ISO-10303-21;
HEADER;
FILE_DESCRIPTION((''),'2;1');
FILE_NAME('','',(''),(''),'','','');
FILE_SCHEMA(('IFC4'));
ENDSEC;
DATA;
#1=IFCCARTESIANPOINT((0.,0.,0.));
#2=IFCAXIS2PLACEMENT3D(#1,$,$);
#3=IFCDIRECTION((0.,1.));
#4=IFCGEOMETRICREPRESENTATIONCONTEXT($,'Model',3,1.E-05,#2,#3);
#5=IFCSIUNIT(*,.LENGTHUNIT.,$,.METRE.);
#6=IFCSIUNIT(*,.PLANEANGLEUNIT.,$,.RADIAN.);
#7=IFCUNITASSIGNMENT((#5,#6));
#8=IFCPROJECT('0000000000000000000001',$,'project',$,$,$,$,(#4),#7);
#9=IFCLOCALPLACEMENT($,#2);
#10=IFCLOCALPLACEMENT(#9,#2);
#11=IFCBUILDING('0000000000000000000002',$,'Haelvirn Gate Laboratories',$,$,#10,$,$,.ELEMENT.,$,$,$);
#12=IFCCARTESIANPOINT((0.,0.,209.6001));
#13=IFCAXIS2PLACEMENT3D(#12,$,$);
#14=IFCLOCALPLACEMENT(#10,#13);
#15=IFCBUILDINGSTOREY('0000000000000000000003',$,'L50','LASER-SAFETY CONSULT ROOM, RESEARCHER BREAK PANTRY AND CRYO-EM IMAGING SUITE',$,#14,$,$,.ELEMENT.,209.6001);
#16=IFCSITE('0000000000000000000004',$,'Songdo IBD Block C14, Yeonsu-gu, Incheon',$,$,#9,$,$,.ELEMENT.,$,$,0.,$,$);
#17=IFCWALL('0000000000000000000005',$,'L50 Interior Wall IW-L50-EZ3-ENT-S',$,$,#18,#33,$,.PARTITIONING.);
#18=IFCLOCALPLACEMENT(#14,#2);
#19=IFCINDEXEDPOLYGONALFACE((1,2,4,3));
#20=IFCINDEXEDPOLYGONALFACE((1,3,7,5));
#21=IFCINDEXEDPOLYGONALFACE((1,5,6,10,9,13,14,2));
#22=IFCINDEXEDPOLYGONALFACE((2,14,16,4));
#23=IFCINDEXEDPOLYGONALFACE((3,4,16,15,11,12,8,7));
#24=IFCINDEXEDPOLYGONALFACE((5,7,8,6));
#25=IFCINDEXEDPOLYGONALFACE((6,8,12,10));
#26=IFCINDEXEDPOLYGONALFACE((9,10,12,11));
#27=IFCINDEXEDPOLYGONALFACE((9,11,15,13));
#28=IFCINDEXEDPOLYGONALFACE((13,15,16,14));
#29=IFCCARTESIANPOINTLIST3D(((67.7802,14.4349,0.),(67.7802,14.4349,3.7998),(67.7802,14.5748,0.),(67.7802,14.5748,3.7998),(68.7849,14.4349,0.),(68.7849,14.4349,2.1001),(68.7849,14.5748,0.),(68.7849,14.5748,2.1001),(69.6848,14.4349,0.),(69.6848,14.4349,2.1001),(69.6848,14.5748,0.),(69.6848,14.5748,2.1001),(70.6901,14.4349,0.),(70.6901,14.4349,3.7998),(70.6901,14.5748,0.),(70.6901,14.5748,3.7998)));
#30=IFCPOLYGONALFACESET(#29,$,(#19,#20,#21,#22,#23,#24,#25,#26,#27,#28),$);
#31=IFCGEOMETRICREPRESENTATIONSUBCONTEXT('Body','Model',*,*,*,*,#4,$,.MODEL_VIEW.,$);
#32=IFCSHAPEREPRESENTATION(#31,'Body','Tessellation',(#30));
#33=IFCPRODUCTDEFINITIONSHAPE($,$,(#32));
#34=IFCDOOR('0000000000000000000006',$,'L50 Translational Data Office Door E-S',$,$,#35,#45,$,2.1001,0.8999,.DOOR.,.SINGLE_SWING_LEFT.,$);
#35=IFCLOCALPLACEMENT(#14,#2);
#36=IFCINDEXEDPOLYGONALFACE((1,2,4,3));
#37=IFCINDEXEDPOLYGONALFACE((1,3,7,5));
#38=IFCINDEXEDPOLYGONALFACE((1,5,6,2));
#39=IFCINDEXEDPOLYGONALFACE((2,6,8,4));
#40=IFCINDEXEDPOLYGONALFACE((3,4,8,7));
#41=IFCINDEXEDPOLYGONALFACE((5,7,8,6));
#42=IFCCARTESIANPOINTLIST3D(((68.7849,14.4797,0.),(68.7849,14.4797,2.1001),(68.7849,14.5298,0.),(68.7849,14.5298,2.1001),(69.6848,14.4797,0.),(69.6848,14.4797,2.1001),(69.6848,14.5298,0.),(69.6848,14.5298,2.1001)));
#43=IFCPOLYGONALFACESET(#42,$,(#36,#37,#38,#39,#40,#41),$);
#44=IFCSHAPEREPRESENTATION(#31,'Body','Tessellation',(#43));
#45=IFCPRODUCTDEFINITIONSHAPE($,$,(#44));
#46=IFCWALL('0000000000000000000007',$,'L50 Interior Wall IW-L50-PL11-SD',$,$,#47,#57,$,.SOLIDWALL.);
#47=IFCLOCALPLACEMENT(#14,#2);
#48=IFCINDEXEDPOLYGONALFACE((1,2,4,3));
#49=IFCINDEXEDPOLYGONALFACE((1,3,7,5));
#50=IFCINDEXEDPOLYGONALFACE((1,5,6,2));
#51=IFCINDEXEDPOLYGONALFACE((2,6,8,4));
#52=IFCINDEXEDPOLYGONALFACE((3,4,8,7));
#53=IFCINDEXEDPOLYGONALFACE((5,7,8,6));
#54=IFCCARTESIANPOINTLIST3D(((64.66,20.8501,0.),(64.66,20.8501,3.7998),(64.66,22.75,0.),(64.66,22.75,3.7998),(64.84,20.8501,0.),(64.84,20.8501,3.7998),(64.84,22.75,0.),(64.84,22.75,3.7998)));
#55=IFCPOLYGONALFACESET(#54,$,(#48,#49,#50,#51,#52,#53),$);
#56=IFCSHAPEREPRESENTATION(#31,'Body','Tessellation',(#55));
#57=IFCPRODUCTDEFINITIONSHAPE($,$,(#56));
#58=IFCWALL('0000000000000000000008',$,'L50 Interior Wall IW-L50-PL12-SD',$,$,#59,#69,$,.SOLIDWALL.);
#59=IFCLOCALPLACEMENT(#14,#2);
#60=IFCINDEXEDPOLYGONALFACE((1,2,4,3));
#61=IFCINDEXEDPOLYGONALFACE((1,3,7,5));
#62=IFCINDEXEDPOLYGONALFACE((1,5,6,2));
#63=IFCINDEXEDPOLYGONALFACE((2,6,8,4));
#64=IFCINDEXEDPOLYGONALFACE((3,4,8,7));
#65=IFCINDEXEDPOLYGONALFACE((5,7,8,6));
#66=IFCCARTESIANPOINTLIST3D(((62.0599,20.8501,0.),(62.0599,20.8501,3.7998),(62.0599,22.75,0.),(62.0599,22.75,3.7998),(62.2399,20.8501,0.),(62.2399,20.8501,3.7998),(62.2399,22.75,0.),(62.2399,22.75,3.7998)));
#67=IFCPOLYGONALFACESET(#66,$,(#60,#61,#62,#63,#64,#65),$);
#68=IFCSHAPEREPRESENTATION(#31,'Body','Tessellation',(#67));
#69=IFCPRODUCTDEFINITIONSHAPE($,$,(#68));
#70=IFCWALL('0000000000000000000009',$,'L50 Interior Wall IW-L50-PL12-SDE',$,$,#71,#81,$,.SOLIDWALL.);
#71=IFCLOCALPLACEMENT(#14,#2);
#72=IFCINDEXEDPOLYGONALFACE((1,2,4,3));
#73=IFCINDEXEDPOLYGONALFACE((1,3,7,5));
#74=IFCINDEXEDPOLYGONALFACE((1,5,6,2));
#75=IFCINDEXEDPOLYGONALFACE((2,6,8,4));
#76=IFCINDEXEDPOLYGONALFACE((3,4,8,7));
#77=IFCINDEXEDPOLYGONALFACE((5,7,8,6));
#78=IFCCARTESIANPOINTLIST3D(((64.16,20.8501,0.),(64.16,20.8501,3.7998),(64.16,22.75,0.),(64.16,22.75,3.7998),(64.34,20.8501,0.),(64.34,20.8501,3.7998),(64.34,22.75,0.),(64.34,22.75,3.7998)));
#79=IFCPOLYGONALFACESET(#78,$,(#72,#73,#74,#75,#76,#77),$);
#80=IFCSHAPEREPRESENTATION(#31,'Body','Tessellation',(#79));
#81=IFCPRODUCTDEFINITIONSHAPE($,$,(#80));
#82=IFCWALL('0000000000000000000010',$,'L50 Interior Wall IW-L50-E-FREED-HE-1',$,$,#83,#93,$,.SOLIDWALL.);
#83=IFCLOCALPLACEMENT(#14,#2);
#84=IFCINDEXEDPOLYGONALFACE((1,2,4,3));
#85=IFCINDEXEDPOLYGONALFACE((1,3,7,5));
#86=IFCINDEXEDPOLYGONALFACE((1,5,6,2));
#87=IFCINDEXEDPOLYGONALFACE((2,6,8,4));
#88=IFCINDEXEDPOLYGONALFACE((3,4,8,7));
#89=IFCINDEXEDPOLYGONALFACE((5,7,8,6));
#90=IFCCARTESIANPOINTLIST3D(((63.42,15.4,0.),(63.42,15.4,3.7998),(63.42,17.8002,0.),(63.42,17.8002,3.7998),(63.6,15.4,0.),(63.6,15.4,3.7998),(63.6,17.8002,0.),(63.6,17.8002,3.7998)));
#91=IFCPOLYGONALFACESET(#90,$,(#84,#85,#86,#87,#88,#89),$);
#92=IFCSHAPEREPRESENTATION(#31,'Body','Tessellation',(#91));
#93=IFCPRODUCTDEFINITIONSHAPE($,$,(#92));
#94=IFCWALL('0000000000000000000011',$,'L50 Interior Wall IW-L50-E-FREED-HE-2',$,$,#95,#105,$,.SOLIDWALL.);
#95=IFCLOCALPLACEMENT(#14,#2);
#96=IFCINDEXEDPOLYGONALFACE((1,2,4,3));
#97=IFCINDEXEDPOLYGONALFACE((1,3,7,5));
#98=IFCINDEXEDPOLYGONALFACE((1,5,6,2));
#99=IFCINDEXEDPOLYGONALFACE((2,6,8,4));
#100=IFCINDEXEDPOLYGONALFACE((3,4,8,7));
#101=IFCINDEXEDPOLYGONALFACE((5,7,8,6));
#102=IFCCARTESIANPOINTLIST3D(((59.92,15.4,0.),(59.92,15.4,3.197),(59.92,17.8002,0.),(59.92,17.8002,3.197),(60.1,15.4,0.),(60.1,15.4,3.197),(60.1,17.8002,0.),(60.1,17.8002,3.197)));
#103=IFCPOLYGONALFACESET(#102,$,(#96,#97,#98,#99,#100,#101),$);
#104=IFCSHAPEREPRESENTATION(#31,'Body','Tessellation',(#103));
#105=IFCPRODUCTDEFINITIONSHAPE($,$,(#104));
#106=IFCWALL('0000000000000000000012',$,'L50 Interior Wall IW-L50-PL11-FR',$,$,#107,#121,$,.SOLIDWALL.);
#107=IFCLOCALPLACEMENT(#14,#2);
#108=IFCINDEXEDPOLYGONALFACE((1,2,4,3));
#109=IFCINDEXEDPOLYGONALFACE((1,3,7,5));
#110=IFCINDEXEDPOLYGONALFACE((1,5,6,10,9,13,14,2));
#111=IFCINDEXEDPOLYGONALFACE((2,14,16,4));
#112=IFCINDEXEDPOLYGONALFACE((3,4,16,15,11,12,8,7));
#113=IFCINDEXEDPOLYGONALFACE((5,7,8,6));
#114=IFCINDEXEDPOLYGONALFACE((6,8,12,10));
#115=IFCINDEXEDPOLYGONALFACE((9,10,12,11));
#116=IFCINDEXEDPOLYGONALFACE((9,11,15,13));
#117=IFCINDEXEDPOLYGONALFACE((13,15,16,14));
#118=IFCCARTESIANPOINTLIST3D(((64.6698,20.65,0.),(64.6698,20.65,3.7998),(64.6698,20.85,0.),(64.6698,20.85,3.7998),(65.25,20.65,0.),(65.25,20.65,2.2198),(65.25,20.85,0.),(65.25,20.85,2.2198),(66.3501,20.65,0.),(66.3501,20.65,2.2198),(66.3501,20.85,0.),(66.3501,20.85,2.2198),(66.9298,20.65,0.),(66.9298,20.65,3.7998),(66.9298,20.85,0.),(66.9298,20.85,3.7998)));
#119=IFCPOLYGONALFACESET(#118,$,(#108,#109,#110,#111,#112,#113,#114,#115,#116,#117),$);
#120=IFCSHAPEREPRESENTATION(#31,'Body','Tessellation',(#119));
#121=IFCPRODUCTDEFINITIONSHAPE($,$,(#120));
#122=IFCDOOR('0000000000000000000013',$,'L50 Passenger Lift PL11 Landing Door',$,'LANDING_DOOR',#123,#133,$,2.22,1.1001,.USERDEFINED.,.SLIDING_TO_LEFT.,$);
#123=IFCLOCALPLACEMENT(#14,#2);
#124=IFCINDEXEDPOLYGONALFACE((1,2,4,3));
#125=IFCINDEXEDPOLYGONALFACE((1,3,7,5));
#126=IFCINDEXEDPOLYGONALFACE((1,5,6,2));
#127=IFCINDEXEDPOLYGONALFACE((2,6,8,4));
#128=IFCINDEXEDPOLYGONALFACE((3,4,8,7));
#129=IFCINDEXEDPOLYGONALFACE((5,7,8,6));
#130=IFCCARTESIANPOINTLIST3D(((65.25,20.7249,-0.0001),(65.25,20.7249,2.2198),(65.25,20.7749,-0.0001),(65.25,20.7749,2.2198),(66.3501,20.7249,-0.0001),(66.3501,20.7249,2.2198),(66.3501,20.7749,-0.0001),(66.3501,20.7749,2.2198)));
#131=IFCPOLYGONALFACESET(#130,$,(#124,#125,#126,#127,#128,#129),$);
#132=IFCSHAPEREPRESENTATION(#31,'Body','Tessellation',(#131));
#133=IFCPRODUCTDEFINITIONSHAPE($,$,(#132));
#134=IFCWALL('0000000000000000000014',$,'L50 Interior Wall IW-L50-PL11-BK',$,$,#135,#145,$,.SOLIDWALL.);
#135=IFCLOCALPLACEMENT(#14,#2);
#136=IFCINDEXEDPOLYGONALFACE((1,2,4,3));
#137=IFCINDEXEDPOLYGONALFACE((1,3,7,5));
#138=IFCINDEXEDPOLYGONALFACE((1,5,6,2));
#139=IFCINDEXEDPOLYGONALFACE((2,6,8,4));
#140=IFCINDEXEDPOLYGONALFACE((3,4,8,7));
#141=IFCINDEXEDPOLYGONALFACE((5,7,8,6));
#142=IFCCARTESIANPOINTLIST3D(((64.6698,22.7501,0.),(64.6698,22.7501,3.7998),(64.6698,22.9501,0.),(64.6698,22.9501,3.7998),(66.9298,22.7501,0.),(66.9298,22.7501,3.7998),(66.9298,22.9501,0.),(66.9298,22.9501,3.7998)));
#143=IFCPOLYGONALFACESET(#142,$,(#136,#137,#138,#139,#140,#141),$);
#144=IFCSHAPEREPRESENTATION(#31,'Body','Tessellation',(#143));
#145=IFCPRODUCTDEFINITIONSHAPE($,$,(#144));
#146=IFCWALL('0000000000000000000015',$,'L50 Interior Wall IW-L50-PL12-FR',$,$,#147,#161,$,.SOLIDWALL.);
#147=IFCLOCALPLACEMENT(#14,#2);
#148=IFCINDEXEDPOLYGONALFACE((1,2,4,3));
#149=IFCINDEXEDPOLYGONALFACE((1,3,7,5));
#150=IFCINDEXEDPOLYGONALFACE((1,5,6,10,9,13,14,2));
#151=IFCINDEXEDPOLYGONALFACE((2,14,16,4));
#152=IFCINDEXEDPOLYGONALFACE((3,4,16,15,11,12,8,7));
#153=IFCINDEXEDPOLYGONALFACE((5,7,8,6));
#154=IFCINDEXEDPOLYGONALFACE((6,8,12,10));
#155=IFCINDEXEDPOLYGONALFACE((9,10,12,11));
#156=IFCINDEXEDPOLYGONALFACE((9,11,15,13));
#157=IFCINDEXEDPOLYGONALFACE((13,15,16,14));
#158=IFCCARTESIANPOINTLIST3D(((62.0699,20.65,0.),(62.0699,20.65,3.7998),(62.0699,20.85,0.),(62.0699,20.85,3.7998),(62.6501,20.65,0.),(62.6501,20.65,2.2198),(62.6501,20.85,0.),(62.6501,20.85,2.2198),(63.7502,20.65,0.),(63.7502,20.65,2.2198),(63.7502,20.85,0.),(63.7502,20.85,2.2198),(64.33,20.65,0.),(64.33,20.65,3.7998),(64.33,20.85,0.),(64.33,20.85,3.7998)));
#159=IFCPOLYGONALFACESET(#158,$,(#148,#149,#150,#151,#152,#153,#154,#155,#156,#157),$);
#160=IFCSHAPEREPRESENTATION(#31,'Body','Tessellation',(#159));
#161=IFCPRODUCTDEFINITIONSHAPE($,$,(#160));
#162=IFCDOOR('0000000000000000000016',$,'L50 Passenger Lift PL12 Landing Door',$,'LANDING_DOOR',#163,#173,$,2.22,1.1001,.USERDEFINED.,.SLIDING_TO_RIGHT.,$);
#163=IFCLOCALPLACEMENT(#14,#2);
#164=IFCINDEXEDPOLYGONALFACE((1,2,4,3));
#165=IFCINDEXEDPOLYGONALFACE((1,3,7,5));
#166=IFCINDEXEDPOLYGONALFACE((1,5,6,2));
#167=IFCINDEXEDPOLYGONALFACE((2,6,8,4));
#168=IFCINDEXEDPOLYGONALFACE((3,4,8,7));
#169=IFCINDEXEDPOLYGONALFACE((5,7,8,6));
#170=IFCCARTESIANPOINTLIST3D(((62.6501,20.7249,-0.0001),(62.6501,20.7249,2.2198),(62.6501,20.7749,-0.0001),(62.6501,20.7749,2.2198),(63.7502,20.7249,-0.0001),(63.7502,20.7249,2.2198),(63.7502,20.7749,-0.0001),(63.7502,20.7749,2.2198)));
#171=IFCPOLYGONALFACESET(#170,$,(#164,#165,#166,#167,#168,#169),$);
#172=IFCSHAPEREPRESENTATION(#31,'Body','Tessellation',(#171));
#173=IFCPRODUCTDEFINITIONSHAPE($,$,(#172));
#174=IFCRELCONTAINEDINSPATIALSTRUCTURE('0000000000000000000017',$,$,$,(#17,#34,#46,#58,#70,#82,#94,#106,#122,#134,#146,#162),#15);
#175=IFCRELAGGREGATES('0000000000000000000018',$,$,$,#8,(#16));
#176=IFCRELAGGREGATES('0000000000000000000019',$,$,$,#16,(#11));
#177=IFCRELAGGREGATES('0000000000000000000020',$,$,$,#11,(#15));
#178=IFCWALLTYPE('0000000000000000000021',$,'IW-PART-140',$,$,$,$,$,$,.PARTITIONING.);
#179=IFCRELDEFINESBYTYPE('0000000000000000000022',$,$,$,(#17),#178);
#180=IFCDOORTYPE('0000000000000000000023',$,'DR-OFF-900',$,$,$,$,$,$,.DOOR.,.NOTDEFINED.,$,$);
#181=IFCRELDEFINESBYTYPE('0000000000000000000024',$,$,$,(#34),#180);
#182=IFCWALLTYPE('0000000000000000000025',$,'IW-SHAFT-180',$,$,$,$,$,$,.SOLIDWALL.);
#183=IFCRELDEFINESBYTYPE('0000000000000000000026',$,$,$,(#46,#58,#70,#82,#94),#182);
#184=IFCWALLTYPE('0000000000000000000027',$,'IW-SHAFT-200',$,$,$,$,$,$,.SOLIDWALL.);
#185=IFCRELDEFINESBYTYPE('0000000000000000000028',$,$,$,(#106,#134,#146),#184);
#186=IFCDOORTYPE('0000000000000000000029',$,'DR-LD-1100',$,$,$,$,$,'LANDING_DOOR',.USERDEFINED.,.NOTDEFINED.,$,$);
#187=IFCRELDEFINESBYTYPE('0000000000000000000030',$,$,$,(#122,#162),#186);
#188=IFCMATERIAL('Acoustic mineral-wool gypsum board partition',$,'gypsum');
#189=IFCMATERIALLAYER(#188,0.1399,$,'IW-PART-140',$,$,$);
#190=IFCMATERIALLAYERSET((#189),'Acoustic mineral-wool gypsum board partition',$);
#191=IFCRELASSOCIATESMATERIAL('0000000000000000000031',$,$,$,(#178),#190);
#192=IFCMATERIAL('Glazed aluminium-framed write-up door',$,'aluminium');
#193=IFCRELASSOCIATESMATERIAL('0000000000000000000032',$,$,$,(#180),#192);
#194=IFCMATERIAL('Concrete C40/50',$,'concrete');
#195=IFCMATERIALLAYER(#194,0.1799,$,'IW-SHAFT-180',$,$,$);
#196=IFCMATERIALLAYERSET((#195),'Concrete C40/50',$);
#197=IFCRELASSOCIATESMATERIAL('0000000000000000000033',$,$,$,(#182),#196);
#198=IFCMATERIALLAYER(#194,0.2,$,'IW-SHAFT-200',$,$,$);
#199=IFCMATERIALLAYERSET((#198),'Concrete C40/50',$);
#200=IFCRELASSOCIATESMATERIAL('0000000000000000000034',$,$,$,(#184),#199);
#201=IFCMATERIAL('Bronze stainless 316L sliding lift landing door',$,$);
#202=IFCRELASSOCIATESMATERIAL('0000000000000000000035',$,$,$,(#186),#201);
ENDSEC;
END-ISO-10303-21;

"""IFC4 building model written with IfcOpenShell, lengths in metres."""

from ifc_helpers import new_model, si_unit, direction, frame, frame_2d, origin, place, context, subcontext, project, spatial, rectangle, extrude, source, transform, mapped, material, layer, layer_set, type_object, type_shapes, element, fill, save


model = new_model("IFC4")

# Units and contexts
model_context = context("Model", 3, precision=1e-05, world=origin(), true_north=direction((0.0, 1.0)))
body_context = subcontext(model_context, "Body", "Model", "MODEL_VIEW")
ifc_project = project(units=[si_unit("LENGTHUNIT", "METRE"), si_unit("PLANEANGLEUNIT", "RADIAN")], contexts=[model_context])

# Site, building, storey
site_placement = place(None, origin())
site = spatial("IfcSite", under=ifc_project, at=site_placement, Name="Songdo IBD Block C14, Yeonsu-gu, Incheon", CompositionType="ELEMENT", RefElevation=0.0)
building_placement = place(site_placement, origin())
building = spatial("IfcBuilding", under=site, at=building_placement, Name="Haelvirn Gate Laboratories", CompositionType="ELEMENT")
storey_placement = place(building_placement, frame((0.0, 0.0, 209.6001)))
storey = spatial("IfcBuildingStorey", under=building, at=storey_placement, Name="L50", Description="LASER-SAFETY CONSULT ROOM, RESEARCHER BREAK PANTRY AND CRYO-EM IMAGING SUITE", CompositionType="ELEMENT", Elevation=209.6001)

# Wall, opening, door
ifc_material_1 = material(Name="Acoustic mineral-wool gypsum board partition", Category="gypsum")
ifc_layer_1 = layer(ifc_material_1, 0.1399, Name="IW-PART-140")
ifc_layer_set_1 = layer_set([ifc_layer_1], Name="Acoustic mineral-wool gypsum board partition")
wall_type_1 = type_object("IfcWallType", Name="IW-PART-140", PredefinedType="PARTITIONING", material=ifc_layer_set_1)
wall_1_placement = place(storey_placement, frame((67.78, 14.5049, 0.0), z_axis=(0.0, 0.0, 1.0), x_axis=(1.0, 0.0, 0.0)))
wall_1 = element("IfcWall", 1, at=wall_1_placement, inside=storey, type_object=wall_type_1, Name="L50 Interior Wall IW-L50-EZ3-ENT-S", PredefinedType="PARTITIONING", context=body_context, shape_type="SweptSolid", body=[
    extrude(rectangle(XDim=2.9099, YDim=0.1399, at=frame_2d((1.4551, 0.0))), origin(), (0.0, 0.0, 1.0), 3.7998),
])
opening_1_placement = place(wall_1_placement, frame((1.0049, 0.0, 0.0)))
opening_1 = element("IfcOpeningElement", 2, at=opening_1_placement, cuts=wall_1, PredefinedType="OPENING", context=body_context, shape_type="SweptSolid", body=[
    extrude(rectangle(XDim=0.8999, YDim=2.1001, at=frame_2d((0.45, 1.05))), frame((0.0, 0.0801, 0.0), z_axis=(0.0, -1.0, 0.0), x_axis=(1.0, 0.0, 0.0)), (0.0, 0.0, 1.0), 0.1599),
])
ifc_material_2 = material(Name="Glazed aluminium-framed write-up door", Category="aluminium")
door_type_1 = type_object("IfcDoorType", Name="DR-OFF-900", OperationType="NOTDEFINED", PredefinedType="DOOR", material=ifc_material_2)
shared_shape_1 = source(origin(), body_context, "Body", "SweptSolid", [
    extrude(rectangle(XDim=0.8999, YDim=2.1001, at=frame_2d((0.45, 1.05))), frame((0.0, 0.0249, 0.0), z_axis=(0.0, -1.0, 0.0), x_axis=(1.0, 0.0, 0.0)), (0.0, 0.0, 1.0), 0.05),
])
type_shapes(door_type_1, [shared_shape_1])
door_1_placement = place(opening_1_placement, origin())
door_1 = element("IfcDoor", 3, at=door_1_placement, inside=storey, type_object=door_type_1, Name="L50 Translational Data Office Door E-S", OperationType="SINGLE_SWING_LEFT", OverallHeight=2.1001, OverallWidth=0.8999, PredefinedType="DOOR", context=body_context, shape_type="MappedRepresentation", body=[
    mapped(shared_shape_1, transform((0.0, 0.0, 0.0), scale=1.0)),
])
fill(opening_1, door_1)

# Walls
ifc_material_3 = material(Name="Concrete C40/50", Category="concrete")
ifc_layer_2 = layer(ifc_material_3, 0.1799, Name="IW-SHAFT-180")
ifc_layer_set_2 = layer_set([ifc_layer_2], Name="Concrete C40/50")
wall_type_2 = type_object("IfcWallType", Name="IW-SHAFT-180", PredefinedType="SOLIDWALL", material=ifc_layer_set_2)
for number, where, z_axis, x_axis, name in (
    (4, (64.75, 20.8501, 0.0), (0.0, 0.0, 1.0), (0.0, 1.0, 0.0), "L50 Interior Wall IW-L50-PL11-SD"),
    (5, (62.1499, 20.8501, 0.0), (0.0, 0.0, 1.0), (0.0, 1.0, 0.0), "L50 Interior Wall IW-L50-PL12-SD"),
    (6, (64.25, 20.8501, 0.0), (0.0, 0.0, 1.0), (0.0, 1.0, 0.0), "L50 Interior Wall IW-L50-PL12-SDE"),
):
    element("IfcWall", number, at=place(storey_placement, frame(where, z_axis=z_axis, x_axis=x_axis)), inside=storey, type_object=wall_type_2, Name=name, PredefinedType="SOLIDWALL", context=body_context, shape_type="SweptSolid", body=[
        extrude(rectangle(XDim=1.8999, YDim=0.1799, at=frame_2d((0.95, 0.0))), origin(), (0.0, 0.0, 1.0), 3.7998),
    ])

# Wall
wall_2_placement = place(storey_placement, frame((63.51, 15.3999, 0.0), z_axis=(0.0, 0.0, 1.0), x_axis=(0.0, 1.0, 0.0)))
element("IfcWall", 7, at=wall_2_placement, inside=storey, type_object=wall_type_2, Name="L50 Interior Wall IW-L50-E-FREED-HE-1", PredefinedType="SOLIDWALL", context=body_context, shape_type="SweptSolid", body=[
    extrude(rectangle(XDim=2.4001, YDim=0.1799, at=frame_2d((1.2002, 0.0))), origin(), (0.0, 0.0, 1.0), 3.7998),
])

# Wall
wall_3_placement = place(storey_placement, frame((60.01, 15.3999, 0.0), z_axis=(0.0, 0.0, 1.0), x_axis=(0.0, 1.0, 0.0)))
element("IfcWall", 8, at=wall_3_placement, inside=storey, type_object=wall_type_2, Name="L50 Interior Wall IW-L50-E-FREED-HE-2", PredefinedType="SOLIDWALL", context=body_context, shape_type="SweptSolid", body=[
    extrude(rectangle(XDim=2.4001, YDim=0.1799, at=frame_2d((1.2002, 0.0))), origin(), (0.0, 0.0, 1.0), 3.197),
])

# Wall, opening, door
ifc_layer_3 = layer(ifc_material_3, 0.2, Name="IW-SHAFT-200")
ifc_layer_set_3 = layer_set([ifc_layer_3], Name="Concrete C40/50")
wall_type_3 = type_object("IfcWallType", Name="IW-SHAFT-200", PredefinedType="SOLIDWALL", material=ifc_layer_set_3)
wall_4_placement = place(storey_placement, frame((64.6699, 20.75, 0.0), z_axis=(0.0, 0.0, 1.0), x_axis=(1.0, 0.0, 0.0)))
wall_4 = element("IfcWall", 9, at=wall_4_placement, inside=storey, type_object=wall_type_3, Name="L50 Interior Wall IW-L50-PL11-FR", PredefinedType="SOLIDWALL", context=body_context, shape_type="SweptSolid", body=[
    extrude(rectangle(XDim=2.26, YDim=0.2, at=frame_2d((1.1299, 0.0))), origin(), (0.0, 0.0, 1.0), 3.7998),
])
opening_2_placement = place(wall_4_placement, frame((0.5801, 0.0, 0.0)))
opening_2 = element("IfcOpeningElement", 10, at=opening_2_placement, cuts=wall_4, PredefinedType="OPENING", context=body_context, shape_type="SweptSolid", body=[
    extrude(rectangle(XDim=1.1001, YDim=2.22, at=frame_2d((0.55, 1.1099))), frame((0.0, 0.1099, 0.0), z_axis=(0.0, -1.0, 0.0), x_axis=(1.0, 0.0, 0.0)), (0.0, 0.0, 1.0), 0.22),
])
ifc_material_4 = material(Name="Bronze stainless 316L sliding lift landing door")
door_type_2 = type_object("IfcDoorType", Name="DR-LD-1100", ElementType="LANDING_DOOR", OperationType="NOTDEFINED", PredefinedType="USERDEFINED", material=ifc_material_4)
shared_shape_2 = source(origin(), body_context, "Body", "SweptSolid", [
    extrude(rectangle(XDim=1.1001, YDim=2.22, at=frame_2d((0.55, 1.1099))), frame((0.0, 0.0249, 0.0), z_axis=(0.0, -1.0, 0.0), x_axis=(1.0, 0.0, 0.0)), (0.0, 0.0, 1.0), 0.05),
])
type_shapes(door_type_2, [shared_shape_2])
door_2_placement = place(opening_2_placement, origin())
door_2 = element("IfcDoor", 11, at=door_2_placement, inside=storey, type_object=door_type_2, Name="L50 Passenger Lift PL11 Landing Door", ObjectType="LANDING_DOOR", OperationType="SLIDING_TO_LEFT", OverallHeight=2.22, OverallWidth=1.1001, PredefinedType="USERDEFINED", context=body_context, shape_type="MappedRepresentation", body=[
    mapped(shared_shape_2, transform((0.0, 0.0, 0.0), scale=1.0)),
])
fill(opening_2, door_2)

# Wall
wall_5_placement = place(storey_placement, frame((64.6699, 22.8501, 0.0), z_axis=(0.0, 0.0, 1.0), x_axis=(1.0, 0.0, 0.0)))
element("IfcWall", 12, at=wall_5_placement, inside=storey, type_object=wall_type_3, Name="L50 Interior Wall IW-L50-PL11-BK", PredefinedType="SOLIDWALL", context=body_context, shape_type="SweptSolid", body=[
    extrude(rectangle(XDim=2.26, YDim=0.2, at=frame_2d((1.1299, 0.0))), origin(), (0.0, 0.0, 1.0), 3.7998),
])

# Wall, opening, door
wall_6_placement = place(storey_placement, frame((62.0701, 20.75, 0.0), z_axis=(0.0, 0.0, 1.0), x_axis=(1.0, 0.0, 0.0)))
wall_6 = element("IfcWall", 13, at=wall_6_placement, inside=storey, type_object=wall_type_3, Name="L50 Interior Wall IW-L50-PL12-FR", PredefinedType="SOLIDWALL", context=body_context, shape_type="SweptSolid", body=[
    extrude(rectangle(XDim=2.26, YDim=0.2, at=frame_2d((1.1299, 0.0))), origin(), (0.0, 0.0, 1.0), 3.7998),
])
opening_3_placement = place(wall_6_placement, frame((0.5801, 0.0, 0.0)))
opening_3 = element("IfcOpeningElement", 14, at=opening_3_placement, cuts=wall_6, PredefinedType="OPENING", context=body_context, shape_type="SweptSolid", body=[
    extrude(rectangle(XDim=1.1001, YDim=2.22, at=frame_2d((0.55, 1.1099))), frame((0.0, 0.1099, 0.0), z_axis=(0.0, -1.0, 0.0), x_axis=(1.0, 0.0, 0.0)), (0.0, 0.0, 1.0), 0.22),
])
door_3_placement = place(opening_3_placement, origin())
door_3 = element("IfcDoor", 15, at=door_3_placement, inside=storey, type_object=door_type_2, Name="L50 Passenger Lift PL12 Landing Door", ObjectType="LANDING_DOOR", OperationType="SLIDING_TO_RIGHT", OverallHeight=2.22, OverallWidth=1.1001, PredefinedType="USERDEFINED", context=body_context, shape_type="MappedRepresentation", body=[
    mapped(shared_shape_2, transform((0.0, 0.0, 0.0), scale=1.0)),
])
fill(opening_3, door_3)

save(model, "model.ifc")
